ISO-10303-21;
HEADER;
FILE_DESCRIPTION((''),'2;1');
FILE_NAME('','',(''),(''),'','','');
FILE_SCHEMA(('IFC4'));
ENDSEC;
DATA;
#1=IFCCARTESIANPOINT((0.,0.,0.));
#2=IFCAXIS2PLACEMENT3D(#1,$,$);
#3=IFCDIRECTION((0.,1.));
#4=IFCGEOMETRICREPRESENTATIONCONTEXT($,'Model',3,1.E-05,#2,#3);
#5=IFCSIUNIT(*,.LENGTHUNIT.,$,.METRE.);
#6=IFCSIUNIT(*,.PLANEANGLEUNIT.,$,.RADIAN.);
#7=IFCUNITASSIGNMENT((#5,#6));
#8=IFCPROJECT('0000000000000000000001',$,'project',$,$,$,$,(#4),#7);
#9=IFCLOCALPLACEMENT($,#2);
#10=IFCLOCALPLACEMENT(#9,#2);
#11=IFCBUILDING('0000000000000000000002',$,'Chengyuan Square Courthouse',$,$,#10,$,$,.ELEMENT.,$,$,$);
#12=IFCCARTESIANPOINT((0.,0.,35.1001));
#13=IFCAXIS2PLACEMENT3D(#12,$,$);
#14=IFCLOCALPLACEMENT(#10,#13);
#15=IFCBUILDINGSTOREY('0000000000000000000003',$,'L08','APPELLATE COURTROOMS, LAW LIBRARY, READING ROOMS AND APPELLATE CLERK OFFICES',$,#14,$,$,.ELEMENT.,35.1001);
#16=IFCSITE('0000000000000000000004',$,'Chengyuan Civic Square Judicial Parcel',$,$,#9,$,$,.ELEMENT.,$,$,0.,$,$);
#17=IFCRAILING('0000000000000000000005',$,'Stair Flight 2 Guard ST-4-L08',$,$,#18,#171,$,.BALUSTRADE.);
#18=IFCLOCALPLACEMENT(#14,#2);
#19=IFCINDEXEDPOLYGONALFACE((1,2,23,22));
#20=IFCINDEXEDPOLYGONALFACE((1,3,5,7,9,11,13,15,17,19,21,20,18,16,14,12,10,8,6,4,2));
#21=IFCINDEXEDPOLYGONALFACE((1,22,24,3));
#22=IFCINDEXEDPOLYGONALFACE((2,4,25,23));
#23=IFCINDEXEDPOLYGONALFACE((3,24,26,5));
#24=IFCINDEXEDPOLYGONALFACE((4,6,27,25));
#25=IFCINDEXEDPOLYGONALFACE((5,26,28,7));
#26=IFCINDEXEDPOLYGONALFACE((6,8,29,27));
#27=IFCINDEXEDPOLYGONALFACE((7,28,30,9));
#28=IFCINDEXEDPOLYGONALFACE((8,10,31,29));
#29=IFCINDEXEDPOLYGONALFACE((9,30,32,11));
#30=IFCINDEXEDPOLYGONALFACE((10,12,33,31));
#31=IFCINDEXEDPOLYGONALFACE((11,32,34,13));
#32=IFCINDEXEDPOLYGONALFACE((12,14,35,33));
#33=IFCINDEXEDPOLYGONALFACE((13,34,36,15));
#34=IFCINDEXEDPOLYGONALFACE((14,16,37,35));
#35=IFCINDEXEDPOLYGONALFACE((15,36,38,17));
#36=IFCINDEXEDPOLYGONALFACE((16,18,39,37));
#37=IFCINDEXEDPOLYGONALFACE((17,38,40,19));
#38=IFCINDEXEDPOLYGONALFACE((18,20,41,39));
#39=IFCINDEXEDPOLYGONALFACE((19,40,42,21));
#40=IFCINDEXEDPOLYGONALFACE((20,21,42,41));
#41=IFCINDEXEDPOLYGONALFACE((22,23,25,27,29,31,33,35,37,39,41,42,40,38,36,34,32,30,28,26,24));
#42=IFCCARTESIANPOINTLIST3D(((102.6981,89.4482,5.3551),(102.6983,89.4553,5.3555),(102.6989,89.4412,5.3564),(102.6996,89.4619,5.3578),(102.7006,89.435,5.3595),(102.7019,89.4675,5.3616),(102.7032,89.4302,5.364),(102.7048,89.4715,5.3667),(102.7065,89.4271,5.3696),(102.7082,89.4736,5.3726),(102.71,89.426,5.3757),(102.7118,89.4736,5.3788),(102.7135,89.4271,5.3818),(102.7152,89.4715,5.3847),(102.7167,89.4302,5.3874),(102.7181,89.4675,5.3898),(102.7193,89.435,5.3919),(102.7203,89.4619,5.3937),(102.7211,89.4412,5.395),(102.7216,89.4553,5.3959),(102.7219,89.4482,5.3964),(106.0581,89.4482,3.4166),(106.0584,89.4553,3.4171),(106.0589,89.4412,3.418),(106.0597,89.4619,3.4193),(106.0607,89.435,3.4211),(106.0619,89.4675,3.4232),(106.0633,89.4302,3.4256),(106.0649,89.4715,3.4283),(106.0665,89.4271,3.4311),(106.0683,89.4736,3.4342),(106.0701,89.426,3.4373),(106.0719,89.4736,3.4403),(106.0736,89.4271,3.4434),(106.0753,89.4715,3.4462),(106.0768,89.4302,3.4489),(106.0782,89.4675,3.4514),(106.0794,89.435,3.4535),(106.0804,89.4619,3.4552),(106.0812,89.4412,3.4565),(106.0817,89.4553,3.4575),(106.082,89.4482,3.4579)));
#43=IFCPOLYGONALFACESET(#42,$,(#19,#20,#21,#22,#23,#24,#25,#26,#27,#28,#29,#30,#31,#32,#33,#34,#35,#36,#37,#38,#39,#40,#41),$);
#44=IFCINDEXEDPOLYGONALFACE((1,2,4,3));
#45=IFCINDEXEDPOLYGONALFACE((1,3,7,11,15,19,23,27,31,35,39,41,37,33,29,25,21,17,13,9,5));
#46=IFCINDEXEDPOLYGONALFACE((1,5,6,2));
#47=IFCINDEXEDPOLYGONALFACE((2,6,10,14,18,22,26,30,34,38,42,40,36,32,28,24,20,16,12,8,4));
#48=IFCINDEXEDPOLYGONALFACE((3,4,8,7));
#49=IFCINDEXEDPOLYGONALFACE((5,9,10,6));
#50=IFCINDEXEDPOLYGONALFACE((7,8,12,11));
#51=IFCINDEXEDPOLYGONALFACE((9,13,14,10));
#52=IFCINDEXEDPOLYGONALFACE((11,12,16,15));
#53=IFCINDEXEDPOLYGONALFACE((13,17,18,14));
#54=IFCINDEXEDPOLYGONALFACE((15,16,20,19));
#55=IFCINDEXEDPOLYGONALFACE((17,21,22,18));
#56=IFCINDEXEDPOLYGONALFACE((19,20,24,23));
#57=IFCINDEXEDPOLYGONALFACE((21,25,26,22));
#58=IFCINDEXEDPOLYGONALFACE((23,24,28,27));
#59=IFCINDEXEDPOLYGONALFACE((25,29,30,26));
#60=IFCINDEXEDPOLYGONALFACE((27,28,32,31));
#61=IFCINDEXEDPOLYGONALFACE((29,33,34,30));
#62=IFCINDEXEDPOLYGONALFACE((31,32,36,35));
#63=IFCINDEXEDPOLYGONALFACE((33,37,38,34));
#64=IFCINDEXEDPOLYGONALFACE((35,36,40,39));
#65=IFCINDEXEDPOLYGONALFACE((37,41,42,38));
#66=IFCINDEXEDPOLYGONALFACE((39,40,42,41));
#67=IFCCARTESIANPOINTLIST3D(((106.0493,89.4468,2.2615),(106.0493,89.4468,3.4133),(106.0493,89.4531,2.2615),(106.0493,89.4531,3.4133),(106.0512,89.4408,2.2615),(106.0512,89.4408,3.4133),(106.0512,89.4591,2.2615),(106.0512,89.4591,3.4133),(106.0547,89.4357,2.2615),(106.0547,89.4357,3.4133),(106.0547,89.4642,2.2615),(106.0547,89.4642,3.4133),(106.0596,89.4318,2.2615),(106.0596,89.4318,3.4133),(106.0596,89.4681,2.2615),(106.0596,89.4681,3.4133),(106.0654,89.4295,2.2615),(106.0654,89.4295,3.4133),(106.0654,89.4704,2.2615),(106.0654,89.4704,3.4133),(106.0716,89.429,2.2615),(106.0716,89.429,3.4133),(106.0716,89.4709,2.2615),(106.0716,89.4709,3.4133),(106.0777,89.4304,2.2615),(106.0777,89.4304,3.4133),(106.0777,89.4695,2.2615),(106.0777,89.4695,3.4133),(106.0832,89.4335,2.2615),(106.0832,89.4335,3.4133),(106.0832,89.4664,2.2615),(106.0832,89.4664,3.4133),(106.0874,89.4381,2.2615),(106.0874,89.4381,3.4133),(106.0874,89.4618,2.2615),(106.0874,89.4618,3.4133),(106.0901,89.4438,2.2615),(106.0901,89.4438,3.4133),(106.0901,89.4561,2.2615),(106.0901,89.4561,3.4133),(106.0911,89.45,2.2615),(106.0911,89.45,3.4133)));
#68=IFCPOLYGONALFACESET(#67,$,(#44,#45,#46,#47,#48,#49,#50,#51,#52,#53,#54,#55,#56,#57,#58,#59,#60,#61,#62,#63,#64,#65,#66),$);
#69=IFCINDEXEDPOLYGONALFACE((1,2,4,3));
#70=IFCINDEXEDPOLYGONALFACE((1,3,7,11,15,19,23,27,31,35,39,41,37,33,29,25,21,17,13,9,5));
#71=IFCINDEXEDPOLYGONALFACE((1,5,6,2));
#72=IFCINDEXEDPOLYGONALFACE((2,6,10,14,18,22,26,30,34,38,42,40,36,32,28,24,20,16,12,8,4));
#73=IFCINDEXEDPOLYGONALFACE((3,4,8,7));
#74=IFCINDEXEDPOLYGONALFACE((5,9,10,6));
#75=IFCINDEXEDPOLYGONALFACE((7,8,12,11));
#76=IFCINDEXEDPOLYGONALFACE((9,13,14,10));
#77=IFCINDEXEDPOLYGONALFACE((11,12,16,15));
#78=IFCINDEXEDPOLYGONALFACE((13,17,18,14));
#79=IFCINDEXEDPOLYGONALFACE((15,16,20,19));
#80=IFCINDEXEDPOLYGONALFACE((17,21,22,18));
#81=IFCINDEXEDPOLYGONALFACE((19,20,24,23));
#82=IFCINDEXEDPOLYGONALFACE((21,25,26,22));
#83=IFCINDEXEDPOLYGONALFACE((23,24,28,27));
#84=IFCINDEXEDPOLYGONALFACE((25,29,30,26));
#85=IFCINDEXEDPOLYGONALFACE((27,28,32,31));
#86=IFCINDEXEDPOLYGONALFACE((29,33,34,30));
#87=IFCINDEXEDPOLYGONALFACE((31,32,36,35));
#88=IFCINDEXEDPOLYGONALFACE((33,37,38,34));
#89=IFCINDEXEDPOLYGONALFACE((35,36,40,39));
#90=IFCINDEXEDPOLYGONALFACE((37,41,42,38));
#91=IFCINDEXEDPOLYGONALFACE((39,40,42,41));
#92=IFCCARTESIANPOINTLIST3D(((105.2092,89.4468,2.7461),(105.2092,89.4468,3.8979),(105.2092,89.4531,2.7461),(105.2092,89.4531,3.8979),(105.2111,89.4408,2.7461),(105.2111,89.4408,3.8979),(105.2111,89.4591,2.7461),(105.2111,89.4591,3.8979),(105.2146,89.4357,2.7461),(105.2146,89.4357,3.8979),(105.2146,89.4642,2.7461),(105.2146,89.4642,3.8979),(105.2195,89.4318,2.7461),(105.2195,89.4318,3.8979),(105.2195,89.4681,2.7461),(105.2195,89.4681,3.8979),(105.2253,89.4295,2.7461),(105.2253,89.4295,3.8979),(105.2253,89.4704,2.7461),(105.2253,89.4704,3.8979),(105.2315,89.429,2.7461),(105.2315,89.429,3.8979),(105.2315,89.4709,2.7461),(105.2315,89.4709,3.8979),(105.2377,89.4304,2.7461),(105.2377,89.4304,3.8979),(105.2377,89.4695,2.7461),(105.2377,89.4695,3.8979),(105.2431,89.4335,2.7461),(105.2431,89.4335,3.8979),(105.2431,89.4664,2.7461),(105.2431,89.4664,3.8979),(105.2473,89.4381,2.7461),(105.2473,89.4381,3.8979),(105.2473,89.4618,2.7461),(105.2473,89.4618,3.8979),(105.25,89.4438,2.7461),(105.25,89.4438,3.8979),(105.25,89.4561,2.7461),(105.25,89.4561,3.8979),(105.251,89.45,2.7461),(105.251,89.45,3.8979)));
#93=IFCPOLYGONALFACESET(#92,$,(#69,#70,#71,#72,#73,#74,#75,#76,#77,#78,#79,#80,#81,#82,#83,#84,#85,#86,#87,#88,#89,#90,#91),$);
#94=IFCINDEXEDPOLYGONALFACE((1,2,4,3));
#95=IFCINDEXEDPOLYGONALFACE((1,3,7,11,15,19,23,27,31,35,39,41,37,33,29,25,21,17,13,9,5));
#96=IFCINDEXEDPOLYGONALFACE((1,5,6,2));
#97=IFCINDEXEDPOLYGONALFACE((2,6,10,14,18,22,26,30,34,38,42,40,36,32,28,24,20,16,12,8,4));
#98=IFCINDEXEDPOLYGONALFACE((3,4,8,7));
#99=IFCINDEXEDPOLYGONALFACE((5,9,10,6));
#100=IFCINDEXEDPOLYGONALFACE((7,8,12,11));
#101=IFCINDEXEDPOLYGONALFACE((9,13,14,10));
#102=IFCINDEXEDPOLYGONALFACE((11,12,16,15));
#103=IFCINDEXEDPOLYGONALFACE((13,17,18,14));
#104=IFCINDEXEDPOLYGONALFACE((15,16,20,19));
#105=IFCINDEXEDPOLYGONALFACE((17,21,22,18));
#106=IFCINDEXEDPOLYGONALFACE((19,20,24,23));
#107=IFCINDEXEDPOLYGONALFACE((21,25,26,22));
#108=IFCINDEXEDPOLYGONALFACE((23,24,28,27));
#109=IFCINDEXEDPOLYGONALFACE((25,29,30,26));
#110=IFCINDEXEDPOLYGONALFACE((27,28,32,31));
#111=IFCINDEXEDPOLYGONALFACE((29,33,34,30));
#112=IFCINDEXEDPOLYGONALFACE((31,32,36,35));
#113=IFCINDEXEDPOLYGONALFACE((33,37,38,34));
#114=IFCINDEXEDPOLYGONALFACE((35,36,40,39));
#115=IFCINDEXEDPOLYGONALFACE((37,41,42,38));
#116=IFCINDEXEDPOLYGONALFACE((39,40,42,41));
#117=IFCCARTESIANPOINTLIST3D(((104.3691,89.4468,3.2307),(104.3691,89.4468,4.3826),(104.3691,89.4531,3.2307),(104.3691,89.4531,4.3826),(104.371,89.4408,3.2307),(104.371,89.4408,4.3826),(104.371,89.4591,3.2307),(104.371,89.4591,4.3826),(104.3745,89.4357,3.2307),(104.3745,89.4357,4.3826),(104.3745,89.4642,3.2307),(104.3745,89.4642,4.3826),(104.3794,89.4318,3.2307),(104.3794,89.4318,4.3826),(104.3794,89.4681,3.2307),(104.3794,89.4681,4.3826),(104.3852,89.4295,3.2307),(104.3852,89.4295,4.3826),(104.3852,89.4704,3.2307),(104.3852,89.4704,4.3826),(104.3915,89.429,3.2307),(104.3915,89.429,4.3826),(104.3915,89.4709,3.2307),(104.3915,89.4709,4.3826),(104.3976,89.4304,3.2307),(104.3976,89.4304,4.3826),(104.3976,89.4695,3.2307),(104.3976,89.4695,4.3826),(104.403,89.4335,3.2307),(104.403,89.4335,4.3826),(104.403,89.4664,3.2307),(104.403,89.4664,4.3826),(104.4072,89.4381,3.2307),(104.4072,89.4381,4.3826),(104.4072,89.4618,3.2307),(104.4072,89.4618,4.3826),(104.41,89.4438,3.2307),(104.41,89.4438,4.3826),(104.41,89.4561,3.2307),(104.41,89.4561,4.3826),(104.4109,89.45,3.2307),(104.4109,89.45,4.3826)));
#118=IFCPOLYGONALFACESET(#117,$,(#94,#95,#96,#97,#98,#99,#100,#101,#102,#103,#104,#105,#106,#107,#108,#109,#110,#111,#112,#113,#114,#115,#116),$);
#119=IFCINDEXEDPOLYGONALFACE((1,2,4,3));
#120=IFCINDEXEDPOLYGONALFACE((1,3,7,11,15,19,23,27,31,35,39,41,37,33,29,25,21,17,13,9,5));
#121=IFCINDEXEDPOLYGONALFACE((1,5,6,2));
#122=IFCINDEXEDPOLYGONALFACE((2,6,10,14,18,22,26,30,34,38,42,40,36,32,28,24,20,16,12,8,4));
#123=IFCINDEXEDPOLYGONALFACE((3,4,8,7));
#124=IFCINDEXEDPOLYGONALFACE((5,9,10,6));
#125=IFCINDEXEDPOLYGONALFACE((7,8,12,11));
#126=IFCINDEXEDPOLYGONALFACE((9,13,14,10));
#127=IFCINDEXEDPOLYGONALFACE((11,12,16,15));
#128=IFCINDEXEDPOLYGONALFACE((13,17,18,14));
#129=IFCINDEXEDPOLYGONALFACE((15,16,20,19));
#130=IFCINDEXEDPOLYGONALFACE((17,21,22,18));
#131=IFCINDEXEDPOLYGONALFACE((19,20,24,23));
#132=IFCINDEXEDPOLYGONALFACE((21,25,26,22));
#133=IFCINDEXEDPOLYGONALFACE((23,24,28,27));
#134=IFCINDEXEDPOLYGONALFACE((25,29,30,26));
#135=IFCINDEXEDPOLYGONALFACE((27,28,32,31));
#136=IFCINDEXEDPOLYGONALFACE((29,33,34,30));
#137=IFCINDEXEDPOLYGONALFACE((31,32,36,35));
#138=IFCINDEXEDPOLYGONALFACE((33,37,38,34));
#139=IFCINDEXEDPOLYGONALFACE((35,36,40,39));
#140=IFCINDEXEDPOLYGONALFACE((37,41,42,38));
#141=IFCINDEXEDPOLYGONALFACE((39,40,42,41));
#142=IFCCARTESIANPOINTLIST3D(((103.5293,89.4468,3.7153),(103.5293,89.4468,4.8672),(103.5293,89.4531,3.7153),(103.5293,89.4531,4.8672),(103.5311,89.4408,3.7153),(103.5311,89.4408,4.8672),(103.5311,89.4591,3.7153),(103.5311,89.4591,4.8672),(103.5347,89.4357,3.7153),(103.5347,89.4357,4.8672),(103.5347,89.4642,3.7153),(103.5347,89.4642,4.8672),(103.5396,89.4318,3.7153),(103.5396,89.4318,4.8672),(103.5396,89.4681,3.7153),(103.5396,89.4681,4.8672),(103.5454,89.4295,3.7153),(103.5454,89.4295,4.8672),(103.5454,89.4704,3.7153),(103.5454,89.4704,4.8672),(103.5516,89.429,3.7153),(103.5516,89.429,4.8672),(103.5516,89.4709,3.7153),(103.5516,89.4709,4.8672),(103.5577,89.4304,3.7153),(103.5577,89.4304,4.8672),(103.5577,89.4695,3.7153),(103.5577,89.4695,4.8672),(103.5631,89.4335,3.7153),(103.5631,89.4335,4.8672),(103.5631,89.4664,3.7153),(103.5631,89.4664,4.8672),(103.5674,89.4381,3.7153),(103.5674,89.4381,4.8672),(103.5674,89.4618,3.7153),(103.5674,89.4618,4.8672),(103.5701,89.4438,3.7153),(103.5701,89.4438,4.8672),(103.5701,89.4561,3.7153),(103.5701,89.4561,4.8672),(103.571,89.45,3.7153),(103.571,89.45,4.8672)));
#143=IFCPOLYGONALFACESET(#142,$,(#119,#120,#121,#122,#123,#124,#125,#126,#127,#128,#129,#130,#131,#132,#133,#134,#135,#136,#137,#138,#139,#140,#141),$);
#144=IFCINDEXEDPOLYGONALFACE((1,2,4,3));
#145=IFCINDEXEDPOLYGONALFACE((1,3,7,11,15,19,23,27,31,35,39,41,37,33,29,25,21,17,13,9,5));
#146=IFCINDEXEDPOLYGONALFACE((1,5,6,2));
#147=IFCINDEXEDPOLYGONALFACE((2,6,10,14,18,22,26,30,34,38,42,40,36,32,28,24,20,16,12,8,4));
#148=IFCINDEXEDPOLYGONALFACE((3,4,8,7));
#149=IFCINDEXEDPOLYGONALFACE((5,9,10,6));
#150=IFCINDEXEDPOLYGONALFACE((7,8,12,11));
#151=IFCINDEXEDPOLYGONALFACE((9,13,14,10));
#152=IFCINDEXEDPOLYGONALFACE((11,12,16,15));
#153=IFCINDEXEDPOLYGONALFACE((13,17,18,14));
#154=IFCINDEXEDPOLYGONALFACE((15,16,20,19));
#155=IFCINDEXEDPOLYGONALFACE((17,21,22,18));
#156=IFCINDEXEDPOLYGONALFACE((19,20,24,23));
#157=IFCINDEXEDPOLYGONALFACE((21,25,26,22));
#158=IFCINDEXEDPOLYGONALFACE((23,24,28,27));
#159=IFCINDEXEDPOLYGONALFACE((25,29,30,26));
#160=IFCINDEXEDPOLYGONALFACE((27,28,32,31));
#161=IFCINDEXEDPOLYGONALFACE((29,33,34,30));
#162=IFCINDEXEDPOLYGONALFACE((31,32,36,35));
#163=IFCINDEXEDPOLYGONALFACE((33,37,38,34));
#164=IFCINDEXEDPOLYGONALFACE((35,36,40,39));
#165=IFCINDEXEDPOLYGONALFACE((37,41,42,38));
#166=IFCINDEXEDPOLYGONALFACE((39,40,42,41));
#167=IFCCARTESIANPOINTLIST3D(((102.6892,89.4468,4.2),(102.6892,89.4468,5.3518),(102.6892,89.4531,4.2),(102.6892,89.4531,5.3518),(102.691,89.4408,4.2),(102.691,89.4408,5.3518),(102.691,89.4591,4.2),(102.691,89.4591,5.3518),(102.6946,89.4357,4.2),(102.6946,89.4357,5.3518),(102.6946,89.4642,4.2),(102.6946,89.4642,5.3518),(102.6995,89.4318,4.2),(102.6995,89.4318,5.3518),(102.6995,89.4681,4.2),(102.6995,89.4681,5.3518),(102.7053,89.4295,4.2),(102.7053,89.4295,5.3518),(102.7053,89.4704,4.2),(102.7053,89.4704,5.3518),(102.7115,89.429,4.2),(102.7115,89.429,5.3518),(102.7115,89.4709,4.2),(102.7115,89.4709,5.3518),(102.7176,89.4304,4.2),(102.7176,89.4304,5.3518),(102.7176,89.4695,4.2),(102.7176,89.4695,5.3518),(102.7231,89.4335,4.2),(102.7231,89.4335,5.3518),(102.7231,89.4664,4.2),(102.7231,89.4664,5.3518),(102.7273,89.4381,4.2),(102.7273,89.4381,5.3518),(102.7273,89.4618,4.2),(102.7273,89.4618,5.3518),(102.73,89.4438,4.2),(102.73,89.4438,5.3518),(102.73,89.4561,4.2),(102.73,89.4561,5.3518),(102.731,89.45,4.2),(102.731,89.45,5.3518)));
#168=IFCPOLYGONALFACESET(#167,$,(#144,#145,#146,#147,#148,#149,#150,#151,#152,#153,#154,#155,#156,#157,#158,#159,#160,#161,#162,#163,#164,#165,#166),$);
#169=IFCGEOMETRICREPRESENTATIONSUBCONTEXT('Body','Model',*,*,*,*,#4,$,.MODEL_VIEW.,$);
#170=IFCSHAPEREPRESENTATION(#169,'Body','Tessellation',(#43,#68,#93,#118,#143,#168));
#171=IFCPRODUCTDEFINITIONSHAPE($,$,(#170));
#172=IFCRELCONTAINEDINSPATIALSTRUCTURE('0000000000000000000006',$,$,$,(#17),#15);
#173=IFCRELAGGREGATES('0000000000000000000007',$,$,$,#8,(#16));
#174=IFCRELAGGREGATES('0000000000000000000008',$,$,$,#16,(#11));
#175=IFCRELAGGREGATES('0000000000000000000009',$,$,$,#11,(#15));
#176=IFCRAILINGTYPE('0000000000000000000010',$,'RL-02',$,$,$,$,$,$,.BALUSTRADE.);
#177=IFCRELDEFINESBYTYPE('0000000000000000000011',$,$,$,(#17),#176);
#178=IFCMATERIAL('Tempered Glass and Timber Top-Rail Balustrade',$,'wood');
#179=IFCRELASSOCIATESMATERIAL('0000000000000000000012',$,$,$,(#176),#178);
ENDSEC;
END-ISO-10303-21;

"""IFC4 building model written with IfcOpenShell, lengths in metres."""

from ifc_helpers import new_model, si_unit, direction, frame, origin, origin_2d, place, context, subcontext, project, spatial, circle, extrude, material, type_object, element, save


model = new_model("IFC4")

# Units and contexts
model_context = context("Model", 3, precision=1e-05, world=origin(), true_north=direction((0.0, 1.0)))
body_context = subcontext(model_context, "Body", "Model", "MODEL_VIEW")
ifc_project = project(units=[si_unit("LENGTHUNIT", "METRE"), si_unit("PLANEANGLEUNIT", "RADIAN")], contexts=[model_context])

# Site, building, storey
site_placement = place(None, origin())
site = spatial("IfcSite", under=ifc_project, at=site_placement, Name="Chengyuan Civic Square Judicial Parcel", CompositionType="ELEMENT", RefElevation=0.0)
building_placement = place(site_placement, origin())
building = spatial("IfcBuilding", under=site, at=building_placement, Name="Chengyuan Square Courthouse", CompositionType="ELEMENT")
storey_placement = place(building_placement, frame((0.0, 0.0, 35.1001)))
storey = spatial("IfcBuildingStorey", under=building, at=storey_placement, Name="L08", Description="APPELLATE COURTROOMS, LAW LIBRARY, READING ROOMS AND APPELLATE CLERK OFFICES", CompositionType="ELEMENT", Elevation=35.1001)

# Railing
ifc_material_1 = material(Name="Tempered Glass and Timber Top-Rail Balustrade", Category="wood")
railing_type_1 = type_object("IfcRailingType", Name="RL-02", PredefinedType="BALUSTRADE", material=ifc_material_1)
railing_1_placement = place(storey_placement, frame((106.0701, 89.45, 2.2615)))
element("IfcRailing", 1, at=railing_1_placement, inside=storey, type_object=railing_type_1, Name="Stair Flight 2 Guard ST-4-L08", PredefinedType="BALUSTRADE", context=body_context, shape_type="SweptSolid", body=[
    extrude(circle(Radius=0.0239, at=origin_2d()), frame((0.0, 0.0, 1.1758), z_axis=(-0.866191, 0.0, 0.499713), x_axis=(0.0, -1.0, 0.0)), (0.0, 0.0, 1.0), 3.8792),
    extrude(circle(Radius=0.021, at=origin_2d()), origin(), (0.0, 0.0, 1.0), 1.1519),
    extrude(circle(Radius=0.021, at=origin_2d()), frame((-0.8401, 0.0, 0.4846)), (0.0, 0.0, 1.0), 1.1519),
    extrude(circle(Radius=0.021, at=origin_2d()), frame((-1.6802, 0.0, 0.9692)), (0.0, 0.0, 1.0), 1.1519),
    extrude(circle(Radius=0.021, at=origin_2d()), frame((-2.52, 0.0, 1.4539)), (0.0, 0.0, 1.0), 1.1519),
    extrude(circle(Radius=0.021, at=origin_2d()), frame((-3.3601, 0.0, 1.9385)), (0.0, 0.0, 1.0), 1.1519),
])

save(model, "model.ifc")
